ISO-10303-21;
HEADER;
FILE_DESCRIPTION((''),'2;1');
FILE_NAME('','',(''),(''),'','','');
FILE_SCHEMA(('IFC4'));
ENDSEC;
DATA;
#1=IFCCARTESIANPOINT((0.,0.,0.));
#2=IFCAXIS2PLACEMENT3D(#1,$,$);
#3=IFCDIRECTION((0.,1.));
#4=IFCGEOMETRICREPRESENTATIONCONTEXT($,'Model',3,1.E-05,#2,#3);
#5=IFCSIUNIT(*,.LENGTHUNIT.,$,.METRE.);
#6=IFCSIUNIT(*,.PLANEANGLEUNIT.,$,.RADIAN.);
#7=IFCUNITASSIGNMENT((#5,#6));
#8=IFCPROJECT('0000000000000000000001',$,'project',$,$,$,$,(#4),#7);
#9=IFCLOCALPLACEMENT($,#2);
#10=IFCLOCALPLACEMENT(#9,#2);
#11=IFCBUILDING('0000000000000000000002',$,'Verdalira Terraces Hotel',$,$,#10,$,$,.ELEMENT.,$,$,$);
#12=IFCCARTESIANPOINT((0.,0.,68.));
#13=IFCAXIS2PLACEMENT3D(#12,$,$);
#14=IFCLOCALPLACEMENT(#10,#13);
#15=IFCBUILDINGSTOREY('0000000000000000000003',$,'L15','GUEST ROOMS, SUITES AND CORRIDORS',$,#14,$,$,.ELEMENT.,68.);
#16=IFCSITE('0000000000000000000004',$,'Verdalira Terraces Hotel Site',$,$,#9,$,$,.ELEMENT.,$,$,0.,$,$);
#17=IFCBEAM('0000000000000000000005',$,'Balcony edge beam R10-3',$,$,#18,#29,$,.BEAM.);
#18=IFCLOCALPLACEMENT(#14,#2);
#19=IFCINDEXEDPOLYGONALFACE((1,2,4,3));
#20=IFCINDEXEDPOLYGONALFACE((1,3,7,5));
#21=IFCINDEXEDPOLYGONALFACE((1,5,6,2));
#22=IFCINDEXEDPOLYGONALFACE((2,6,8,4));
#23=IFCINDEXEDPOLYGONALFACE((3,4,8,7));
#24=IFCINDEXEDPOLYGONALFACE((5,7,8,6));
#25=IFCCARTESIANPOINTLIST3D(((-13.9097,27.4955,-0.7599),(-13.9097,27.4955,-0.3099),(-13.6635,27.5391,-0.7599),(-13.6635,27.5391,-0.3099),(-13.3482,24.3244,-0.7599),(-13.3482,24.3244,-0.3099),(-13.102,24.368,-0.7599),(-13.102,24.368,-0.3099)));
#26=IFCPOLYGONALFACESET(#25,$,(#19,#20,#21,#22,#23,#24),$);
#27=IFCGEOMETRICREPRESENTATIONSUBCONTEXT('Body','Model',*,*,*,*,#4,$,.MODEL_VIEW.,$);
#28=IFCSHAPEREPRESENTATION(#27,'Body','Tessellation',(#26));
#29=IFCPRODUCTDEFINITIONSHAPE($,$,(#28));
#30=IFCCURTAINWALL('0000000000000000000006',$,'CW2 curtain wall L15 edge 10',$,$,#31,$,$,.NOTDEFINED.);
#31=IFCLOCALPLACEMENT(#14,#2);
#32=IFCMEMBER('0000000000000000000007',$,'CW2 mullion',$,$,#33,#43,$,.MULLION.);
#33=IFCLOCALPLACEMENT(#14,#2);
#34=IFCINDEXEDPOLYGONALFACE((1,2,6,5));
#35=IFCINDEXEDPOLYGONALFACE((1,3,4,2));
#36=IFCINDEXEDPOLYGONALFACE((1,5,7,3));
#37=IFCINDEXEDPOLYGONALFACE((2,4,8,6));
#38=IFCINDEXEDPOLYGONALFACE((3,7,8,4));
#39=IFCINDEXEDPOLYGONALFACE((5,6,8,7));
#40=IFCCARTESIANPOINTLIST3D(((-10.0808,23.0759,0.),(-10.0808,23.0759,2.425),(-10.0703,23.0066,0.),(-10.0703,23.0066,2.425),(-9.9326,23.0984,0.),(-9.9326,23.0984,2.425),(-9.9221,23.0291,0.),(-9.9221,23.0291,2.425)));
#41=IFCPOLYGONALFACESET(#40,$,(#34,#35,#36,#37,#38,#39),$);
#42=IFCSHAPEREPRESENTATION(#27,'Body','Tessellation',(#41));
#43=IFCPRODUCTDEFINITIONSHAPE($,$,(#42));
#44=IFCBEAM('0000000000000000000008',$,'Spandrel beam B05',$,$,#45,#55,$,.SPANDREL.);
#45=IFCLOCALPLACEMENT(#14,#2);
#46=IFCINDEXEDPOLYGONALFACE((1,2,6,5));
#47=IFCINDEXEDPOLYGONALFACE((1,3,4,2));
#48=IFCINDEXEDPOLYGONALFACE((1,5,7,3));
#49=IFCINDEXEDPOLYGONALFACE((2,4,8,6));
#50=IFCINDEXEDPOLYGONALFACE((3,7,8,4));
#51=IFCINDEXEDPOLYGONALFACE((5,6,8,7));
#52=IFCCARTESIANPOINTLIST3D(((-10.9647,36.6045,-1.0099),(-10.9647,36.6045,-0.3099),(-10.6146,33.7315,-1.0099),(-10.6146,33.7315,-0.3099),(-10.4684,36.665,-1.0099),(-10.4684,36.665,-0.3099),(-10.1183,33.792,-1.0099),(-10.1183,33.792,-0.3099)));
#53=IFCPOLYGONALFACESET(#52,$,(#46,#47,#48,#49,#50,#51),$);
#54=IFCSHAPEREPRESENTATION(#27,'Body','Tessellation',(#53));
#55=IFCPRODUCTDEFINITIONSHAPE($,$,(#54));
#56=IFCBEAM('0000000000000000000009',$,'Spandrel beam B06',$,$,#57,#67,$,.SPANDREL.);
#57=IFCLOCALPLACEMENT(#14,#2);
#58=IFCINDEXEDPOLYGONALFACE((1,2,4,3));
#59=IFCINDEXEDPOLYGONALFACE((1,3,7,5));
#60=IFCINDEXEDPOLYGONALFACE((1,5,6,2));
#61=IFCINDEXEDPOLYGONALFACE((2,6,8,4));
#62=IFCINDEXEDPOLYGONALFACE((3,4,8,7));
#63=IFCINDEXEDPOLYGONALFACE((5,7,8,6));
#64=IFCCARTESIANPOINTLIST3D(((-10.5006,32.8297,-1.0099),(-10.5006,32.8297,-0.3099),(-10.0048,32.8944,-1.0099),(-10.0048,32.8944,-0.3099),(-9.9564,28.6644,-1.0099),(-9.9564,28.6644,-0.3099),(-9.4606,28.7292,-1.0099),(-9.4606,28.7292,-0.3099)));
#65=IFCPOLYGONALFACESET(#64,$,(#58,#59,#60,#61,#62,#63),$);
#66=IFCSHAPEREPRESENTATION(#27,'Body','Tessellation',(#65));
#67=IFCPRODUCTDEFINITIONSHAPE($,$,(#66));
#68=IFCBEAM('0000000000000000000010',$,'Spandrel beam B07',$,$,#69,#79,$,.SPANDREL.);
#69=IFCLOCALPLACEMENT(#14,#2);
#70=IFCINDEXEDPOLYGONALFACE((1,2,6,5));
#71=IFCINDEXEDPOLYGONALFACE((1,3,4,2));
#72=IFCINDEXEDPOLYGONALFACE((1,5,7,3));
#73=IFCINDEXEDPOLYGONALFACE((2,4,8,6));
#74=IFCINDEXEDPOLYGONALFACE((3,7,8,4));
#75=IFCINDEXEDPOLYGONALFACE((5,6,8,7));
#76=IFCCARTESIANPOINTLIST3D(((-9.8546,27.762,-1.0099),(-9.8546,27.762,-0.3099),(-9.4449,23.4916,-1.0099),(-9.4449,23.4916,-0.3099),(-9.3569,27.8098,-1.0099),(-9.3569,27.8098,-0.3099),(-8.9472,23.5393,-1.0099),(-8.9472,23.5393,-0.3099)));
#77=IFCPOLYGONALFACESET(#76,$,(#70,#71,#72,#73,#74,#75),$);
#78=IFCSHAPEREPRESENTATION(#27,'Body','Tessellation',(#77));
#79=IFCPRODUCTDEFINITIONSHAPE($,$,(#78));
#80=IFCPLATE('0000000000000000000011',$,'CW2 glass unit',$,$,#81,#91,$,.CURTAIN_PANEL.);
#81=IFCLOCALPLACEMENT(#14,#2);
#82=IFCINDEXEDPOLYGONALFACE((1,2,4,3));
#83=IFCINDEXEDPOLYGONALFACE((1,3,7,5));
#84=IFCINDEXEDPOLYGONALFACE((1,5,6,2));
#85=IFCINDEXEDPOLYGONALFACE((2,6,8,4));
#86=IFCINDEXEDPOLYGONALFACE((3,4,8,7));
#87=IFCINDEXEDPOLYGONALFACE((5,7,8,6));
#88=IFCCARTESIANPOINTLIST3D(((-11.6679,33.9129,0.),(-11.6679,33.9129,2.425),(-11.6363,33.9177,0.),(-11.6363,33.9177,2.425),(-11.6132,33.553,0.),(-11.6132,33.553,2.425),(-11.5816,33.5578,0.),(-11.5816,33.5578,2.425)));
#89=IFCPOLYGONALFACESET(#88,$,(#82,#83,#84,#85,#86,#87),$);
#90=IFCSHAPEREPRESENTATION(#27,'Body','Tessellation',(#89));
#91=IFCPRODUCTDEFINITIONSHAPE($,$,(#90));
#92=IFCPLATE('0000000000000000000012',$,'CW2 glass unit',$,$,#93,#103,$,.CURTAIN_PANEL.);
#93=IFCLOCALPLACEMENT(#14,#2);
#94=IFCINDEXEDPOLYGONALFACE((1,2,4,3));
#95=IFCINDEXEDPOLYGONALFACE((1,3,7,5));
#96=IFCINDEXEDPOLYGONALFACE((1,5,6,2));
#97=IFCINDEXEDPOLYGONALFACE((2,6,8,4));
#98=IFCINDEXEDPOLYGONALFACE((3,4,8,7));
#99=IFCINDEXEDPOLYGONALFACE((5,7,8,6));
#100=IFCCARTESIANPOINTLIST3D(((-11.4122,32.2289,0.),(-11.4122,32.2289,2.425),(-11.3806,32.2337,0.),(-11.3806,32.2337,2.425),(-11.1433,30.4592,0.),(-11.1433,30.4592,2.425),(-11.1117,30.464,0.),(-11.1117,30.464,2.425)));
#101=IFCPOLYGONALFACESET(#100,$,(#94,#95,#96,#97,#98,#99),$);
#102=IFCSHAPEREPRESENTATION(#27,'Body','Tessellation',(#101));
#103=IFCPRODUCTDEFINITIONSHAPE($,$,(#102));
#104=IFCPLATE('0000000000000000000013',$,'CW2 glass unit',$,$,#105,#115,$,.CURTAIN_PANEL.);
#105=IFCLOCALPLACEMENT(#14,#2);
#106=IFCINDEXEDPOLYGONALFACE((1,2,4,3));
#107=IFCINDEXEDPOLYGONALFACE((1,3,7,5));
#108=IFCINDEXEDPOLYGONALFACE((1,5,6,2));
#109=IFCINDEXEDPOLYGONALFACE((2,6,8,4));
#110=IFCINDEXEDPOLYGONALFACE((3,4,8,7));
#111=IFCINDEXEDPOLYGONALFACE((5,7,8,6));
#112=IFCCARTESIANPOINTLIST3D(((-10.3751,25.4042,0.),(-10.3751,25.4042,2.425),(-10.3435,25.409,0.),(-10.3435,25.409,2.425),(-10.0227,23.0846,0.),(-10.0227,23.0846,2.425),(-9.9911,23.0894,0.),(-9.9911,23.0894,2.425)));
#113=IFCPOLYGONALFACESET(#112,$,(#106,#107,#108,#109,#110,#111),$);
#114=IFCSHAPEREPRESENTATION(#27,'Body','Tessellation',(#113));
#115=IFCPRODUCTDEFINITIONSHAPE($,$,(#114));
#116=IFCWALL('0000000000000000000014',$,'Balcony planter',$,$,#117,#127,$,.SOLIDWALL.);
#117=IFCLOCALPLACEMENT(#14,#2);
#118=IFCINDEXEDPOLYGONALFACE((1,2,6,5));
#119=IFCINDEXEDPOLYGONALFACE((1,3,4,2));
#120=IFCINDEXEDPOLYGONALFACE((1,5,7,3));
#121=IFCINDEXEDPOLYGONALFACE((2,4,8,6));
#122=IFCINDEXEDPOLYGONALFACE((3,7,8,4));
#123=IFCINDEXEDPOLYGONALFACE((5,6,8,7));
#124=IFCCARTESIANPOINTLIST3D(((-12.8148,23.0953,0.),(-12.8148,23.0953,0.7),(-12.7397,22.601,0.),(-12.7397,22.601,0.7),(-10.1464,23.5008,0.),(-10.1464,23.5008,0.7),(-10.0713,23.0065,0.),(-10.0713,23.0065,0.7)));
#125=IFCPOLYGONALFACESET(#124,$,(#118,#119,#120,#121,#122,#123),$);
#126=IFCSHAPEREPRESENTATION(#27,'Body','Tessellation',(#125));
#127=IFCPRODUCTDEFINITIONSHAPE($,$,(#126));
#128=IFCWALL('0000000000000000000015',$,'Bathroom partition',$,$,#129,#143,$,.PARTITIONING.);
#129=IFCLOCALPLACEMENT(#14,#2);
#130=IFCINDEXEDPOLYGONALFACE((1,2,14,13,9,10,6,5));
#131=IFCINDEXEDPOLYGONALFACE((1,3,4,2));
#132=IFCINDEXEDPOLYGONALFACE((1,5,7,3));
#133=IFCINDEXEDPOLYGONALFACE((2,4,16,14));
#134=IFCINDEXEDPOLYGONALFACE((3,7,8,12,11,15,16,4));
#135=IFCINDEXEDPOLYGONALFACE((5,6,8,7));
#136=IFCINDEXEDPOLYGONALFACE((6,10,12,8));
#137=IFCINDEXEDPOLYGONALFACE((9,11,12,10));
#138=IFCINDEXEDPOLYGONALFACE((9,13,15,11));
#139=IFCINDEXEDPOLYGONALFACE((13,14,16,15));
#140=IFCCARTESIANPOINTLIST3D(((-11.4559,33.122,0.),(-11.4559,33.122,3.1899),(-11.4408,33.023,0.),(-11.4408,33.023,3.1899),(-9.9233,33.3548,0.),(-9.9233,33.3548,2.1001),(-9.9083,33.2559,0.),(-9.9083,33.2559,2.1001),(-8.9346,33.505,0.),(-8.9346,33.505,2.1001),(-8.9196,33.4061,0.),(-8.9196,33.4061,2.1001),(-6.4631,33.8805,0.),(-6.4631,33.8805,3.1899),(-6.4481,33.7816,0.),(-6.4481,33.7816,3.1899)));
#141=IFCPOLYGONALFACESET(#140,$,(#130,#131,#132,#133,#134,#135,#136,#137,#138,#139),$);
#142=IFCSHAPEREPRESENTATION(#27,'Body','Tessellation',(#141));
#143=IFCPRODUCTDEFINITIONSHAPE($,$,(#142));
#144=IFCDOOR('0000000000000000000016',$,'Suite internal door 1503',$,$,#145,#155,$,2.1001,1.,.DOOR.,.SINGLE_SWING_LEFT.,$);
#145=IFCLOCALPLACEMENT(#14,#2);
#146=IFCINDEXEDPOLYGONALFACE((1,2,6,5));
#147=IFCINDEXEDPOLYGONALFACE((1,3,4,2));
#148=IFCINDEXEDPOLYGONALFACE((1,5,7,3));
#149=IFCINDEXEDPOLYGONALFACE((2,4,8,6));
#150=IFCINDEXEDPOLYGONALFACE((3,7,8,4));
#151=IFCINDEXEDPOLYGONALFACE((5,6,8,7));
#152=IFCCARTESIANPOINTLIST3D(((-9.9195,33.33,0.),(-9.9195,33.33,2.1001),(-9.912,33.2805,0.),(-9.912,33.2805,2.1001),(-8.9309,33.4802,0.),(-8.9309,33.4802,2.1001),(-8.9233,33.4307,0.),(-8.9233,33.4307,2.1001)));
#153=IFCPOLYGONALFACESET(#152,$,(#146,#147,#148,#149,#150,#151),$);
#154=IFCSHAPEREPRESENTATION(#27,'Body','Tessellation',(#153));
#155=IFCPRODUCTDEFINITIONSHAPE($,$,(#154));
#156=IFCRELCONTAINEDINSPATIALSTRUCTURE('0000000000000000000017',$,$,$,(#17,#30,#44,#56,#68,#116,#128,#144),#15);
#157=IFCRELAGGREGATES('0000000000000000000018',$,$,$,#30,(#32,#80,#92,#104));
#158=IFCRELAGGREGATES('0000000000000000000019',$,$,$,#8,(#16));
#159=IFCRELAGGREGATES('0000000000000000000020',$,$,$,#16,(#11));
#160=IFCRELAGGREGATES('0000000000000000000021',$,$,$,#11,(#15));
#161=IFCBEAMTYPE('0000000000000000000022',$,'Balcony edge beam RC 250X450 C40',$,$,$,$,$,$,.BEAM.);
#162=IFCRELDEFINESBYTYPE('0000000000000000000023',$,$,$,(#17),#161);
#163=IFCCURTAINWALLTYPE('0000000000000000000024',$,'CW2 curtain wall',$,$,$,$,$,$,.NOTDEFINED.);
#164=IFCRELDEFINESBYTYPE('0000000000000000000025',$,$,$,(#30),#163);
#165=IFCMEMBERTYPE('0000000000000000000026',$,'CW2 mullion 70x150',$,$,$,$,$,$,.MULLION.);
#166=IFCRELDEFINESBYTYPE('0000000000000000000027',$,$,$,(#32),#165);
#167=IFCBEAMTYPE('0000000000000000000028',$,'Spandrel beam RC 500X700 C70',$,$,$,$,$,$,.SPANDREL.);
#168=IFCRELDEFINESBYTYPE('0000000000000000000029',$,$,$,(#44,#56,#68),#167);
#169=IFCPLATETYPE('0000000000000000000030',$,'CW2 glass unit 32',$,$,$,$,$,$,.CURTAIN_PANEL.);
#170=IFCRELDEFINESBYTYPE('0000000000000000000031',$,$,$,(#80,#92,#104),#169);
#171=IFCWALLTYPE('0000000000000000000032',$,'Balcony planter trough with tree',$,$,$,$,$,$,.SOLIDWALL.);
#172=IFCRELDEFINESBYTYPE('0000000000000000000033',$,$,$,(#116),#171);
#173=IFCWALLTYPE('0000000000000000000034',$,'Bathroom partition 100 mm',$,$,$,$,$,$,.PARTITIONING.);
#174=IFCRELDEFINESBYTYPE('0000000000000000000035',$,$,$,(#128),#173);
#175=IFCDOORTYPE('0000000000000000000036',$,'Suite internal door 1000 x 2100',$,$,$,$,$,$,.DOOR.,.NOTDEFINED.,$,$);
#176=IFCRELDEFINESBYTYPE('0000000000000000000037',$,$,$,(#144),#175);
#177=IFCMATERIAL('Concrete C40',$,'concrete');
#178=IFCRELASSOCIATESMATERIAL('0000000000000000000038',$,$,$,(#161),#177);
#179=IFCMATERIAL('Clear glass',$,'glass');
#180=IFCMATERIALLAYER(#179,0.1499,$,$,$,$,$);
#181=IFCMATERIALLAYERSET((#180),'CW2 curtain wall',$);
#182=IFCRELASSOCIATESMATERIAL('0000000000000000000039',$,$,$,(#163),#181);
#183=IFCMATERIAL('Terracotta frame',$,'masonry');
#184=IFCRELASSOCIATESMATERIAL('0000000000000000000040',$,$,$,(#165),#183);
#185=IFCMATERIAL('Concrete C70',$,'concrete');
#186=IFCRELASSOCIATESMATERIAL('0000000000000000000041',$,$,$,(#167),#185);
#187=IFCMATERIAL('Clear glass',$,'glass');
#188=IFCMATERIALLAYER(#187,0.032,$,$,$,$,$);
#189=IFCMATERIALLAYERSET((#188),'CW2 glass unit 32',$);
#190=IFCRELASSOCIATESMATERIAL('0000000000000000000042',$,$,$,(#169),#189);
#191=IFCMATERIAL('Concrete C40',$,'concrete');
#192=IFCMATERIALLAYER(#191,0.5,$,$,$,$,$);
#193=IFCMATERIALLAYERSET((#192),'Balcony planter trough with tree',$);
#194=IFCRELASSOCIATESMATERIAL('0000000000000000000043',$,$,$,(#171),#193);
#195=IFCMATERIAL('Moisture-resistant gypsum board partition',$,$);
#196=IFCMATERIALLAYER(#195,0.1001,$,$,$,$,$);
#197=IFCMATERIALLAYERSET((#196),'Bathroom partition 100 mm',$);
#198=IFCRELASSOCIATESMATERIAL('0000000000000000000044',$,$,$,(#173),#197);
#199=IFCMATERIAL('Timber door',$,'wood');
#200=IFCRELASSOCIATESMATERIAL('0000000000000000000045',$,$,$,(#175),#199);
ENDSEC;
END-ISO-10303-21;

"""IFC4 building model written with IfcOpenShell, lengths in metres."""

from ifc_helpers import new_model, si_unit, direction, frame, frame_2d, origin, origin_2d, place, context, subcontext, project, spatial, rectangle, extrude, material, layer, layer_set, material_profile, profile_set, type_object, element, fill, aggregate, save


model = new_model("IFC4")

# Units and contexts
model_context = context("Model", 3, precision=1e-05, world=origin(), true_north=direction((0.0, 1.0)))
body_context = subcontext(model_context, "Body", "Model", "MODEL_VIEW")
ifc_project = project(units=[si_unit("LENGTHUNIT", "METRE"), si_unit("PLANEANGLEUNIT", "RADIAN")], contexts=[model_context])

# Site, building, storey
site_placement = place(None, origin())
site = spatial("IfcSite", under=ifc_project, at=site_placement, Name="Verdalira Terraces Hotel Site", CompositionType="ELEMENT", RefElevation=0.0)
building_placement = place(site_placement, origin())
building = spatial("IfcBuilding", under=site, at=building_placement, Name="Verdalira Terraces Hotel", CompositionType="ELEMENT")
storey_placement = place(building_placement, frame((0.0, 0.0, 68.0)))
storey = spatial("IfcBuildingStorey", under=building, at=storey_placement, Name="L15", Description="GUEST ROOMS, SUITES AND CORRIDORS", CompositionType="ELEMENT", Elevation=68.0)

# Beam
ifc_material_1 = material(Name="Concrete C40", Category="concrete")
ifc_material_profile_1 = material_profile(ifc_material_1, rectangle(XDim=0.25, YDim=0.45, at=origin_2d()), Name="RC 250X450")
ifc_profile_set_1 = profile_set([ifc_material_profile_1], Name="Concrete C40")
beam_type_1 = type_object("IfcBeamType", Name="Balcony edge beam RC 250X450 C40", PredefinedType="BEAM", material=ifc_profile_set_1)
beam_1_placement = place(storey_placement, frame((-13.7866, 27.5173, -0.5349), z_axis=(0.17436, -0.984682, 0.0), x_axis=(0.984682, 0.17436, 0.0)))
element("IfcBeam", 1, at=beam_1_placement, inside=storey, type_object=beam_type_1, Name="Balcony edge beam R10-3", PredefinedType="BEAM", context=body_context, shape_type="SweptSolid", body=[
    extrude(rectangle(XDim=0.25, YDim=0.45, at=origin_2d()), origin(), (0.0, 0.0, 1.0), 3.2205),
])

# Curtain wall, member
ifc_material_2 = material(Name="Clear glass", Category="glass")
ifc_layer_1 = layer(ifc_material_2, 0.1499)
ifc_layer_set_1 = layer_set([ifc_layer_1], Name="CW2 curtain wall")
curtain_wall_type = type_object("IfcCurtainWallType", Name="CW2 curtain wall", PredefinedType="NOTDEFINED", material=ifc_layer_set_1)
curtain_wall_placement = place(storey_placement, origin())
curtain_wall = element("IfcCurtainWall", 2, at=curtain_wall_placement, inside=storey, type_object=curtain_wall_type, Name="CW2 curtain wall L15 edge 10", PredefinedType="NOTDEFINED")
ifc_material_3 = material(Name="Terracotta frame", Category="masonry")
ifc_material_profile_2 = material_profile(ifc_material_3, rectangle(XDim=0.0701, YDim=0.1499, at=origin_2d()), Name="MU 70x150")
ifc_profile_set_2 = profile_set([ifc_material_profile_2], Name="Terracotta frame")
member_type = type_object("IfcMemberType", Name="CW2 mullion 70x150", PredefinedType="MULLION", material=ifc_profile_set_2)
member_placement = place(storey_placement, frame((-10.0015, 23.0525, 0.0), z_axis=(0.0, 0.0, 1.0), x_axis=(0.150226, -0.988652, 0.0)))
member = element("IfcMember", 3, at=member_placement, type_object=member_type, Name="CW2 mullion", PredefinedType="MULLION", context=body_context, shape_type="SweptSolid", body=[
    extrude(rectangle(XDim=0.0701, YDim=0.1499, at=origin_2d()), origin(), (0.0, 0.0, 1.0), 2.425),
])

# Beams
ifc_material_4 = material(Name="Concrete C70", Category="concrete")
ifc_material_profile_3 = material_profile(ifc_material_4, rectangle(XDim=0.5, YDim=0.7, at=origin_2d()), Name="RC 500X700")
ifc_profile_set_3 = profile_set([ifc_material_profile_3], Name="Concrete C70")
beam_type_2 = type_object("IfcBeamType", Name="Spandrel beam RC 500X700 C70", PredefinedType="SPANDREL", material=ifc_profile_set_3)
beam_2_placement = place(storey_placement, frame((-10.7166, 36.6348, -0.6599), z_axis=(0.120961, -0.992657, 0.0), x_axis=(0.992657, 0.120961, 0.0)))
element("IfcBeam", 4, at=beam_2_placement, inside=storey, type_object=beam_type_2, Name="Spandrel beam B05", PredefinedType="SPANDREL", context=body_context, shape_type="SweptSolid", body=[
    extrude(rectangle(XDim=0.5, YDim=0.7, at=origin_2d()), origin(), (0.0, 0.0, 1.0), 2.8943),
])
beam_3_placement = place(storey_placement, frame((-10.2527, 32.8621, -0.6599), z_axis=(0.129548, -0.991573, 0.0), x_axis=(0.991573, 0.129548, 0.0)))
element("IfcBeam", 5, at=beam_3_placement, inside=storey, type_object=beam_type_2, Name="Spandrel beam B06", PredefinedType="SPANDREL", context=body_context, shape_type="SweptSolid", body=[
    extrude(rectangle(XDim=0.5, YDim=0.7, at=origin_2d()), origin(), (0.0, 0.0, 1.0), 4.2007),
])
beam_4_placement = place(storey_placement, frame((-9.6057, 27.7859, -0.6599), z_axis=(0.095491, -0.99543, 0.0), x_axis=(0.99543, 0.095491, 0.0)))
element("IfcBeam", 6, at=beam_4_placement, inside=storey, type_object=beam_type_2, Name="Spandrel beam B07", PredefinedType="SPANDREL", context=body_context, shape_type="SweptSolid", body=[
    extrude(rectangle(XDim=0.5, YDim=0.7, at=origin_2d()), origin(), (0.0, 0.0, 1.0), 4.29),
])

# Plates
ifc_material_5 = material(Name="Clear glass", Category="glass")
ifc_layer_2 = layer(ifc_material_5, 0.032)
ifc_layer_set_2 = layer_set([ifc_layer_2], Name="CW2 glass unit 32")
plate_type = type_object("IfcPlateType", Name="CW2 glass unit 32", PredefinedType="CURTAIN_PANEL", material=ifc_layer_set_2)
plate_1_placement = place(storey_placement, frame((-11.6248, 33.7354, 0.0), z_axis=(0.0, 0.0, 1.0), x_axis=(0.150226, -0.988652, 0.0)))
plate_1 = element("IfcPlate", 7, at=plate_1_placement, type_object=plate_type, Name="CW2 glass unit", PredefinedType="CURTAIN_PANEL", context=body_context, shape_type="SweptSolid", body=[
    extrude(rectangle(XDim=0.364, YDim=0.032, at=origin_2d()), origin(), (0.0, 0.0, 1.0), 2.425),
])
plate_2_placement = place(storey_placement, frame((-11.262, 31.3464, 0.0), z_axis=(0.0, 0.0, 1.0), x_axis=(0.150226, -0.988652, 0.0)))
plate_2 = element("IfcPlate", 8, at=plate_2_placement, type_object=plate_type, Name="CW2 glass unit", PredefinedType="CURTAIN_PANEL", context=body_context, shape_type="SweptSolid", body=[
    extrude(rectangle(XDim=1.79, YDim=0.032, at=origin_2d()), origin(), (0.0, 0.0, 1.0), 2.425),
])
plate_3_placement = place(storey_placement, frame((-10.1831, 24.2468, 0.0), z_axis=(0.0, 0.0, 1.0), x_axis=(0.150226, -0.988652, 0.0)))
plate_3 = element("IfcPlate", 9, at=plate_3_placement, type_object=plate_type, Name="CW2 glass unit", PredefinedType="CURTAIN_PANEL", context=body_context, shape_type="SweptSolid", body=[
    extrude(rectangle(XDim=2.3462, YDim=0.032, at=origin_2d()), origin(), (0.0, 0.0, 1.0), 2.425),
])
aggregate(curtain_wall, [member, plate_1, plate_2, plate_3])

# Wall
ifc_material_6 = material(Name="Concrete C40", Category="concrete")
ifc_layer_3 = layer(ifc_material_6, 0.5)
ifc_layer_set_3 = layer_set([ifc_layer_3], Name="Balcony planter trough with tree")
wall_type_1 = type_object("IfcWallType", Name="Balcony planter trough with tree", PredefinedType="SOLIDWALL", material=ifc_layer_set_3)
wall_1_placement = place(storey_placement, frame((-12.7773, 22.8481, 0.0), z_axis=(0.0, 0.0, 1.0), x_axis=(0.988649, 0.150242, 0.0)))
element("IfcWall", 10, at=wall_1_placement, inside=storey, type_object=wall_type_1, Name="Balcony planter", PredefinedType="SOLIDWALL", context=body_context, shape_type="SweptSolid", body=[
    extrude(rectangle(XDim=2.699, YDim=0.5, at=frame_2d((1.3496, 0.0))), origin(), (0.0, 0.0, 1.0), 0.7),
])

# Wall, opening, door
ifc_material_7 = material(Name="Moisture-resistant gypsum board partition")
ifc_layer_4 = layer(ifc_material_7, 0.1001)
ifc_layer_set_4 = layer_set([ifc_layer_4], Name="Bathroom partition 100 mm")
wall_type_2 = type_object("IfcWallType", Name="Bathroom partition 100 mm", PredefinedType="PARTITIONING", material=ifc_layer_set_4)
wall_2_placement = place(storey_placement, frame((-11.4482, 33.0725, 0.0), z_axis=(0.0, 0.0, 1.0), x_axis=(0.988654, 0.150208, 0.0)))
wall_2 = element("IfcWall", 11, at=wall_2_placement, inside=storey, type_object=wall_type_2, Name="Bathroom partition", PredefinedType="PARTITIONING", context=body_context, shape_type="SweptSolid", body=[
    extrude(rectangle(XDim=5.05, YDim=0.1001, at=frame_2d((2.5249, 0.0))), origin(), (0.0, 0.0, 1.0), 3.1899),
])
opening_1_placement = place(wall_2_placement, frame((1.55, 0.0, 0.0)))
opening_1 = element("IfcOpeningElement", 12, at=opening_1_placement, cuts=wall_2, PredefinedType="OPENING", context=body_context, shape_type="SweptSolid", body=[
    extrude(rectangle(XDim=1.0, YDim=2.1001, at=frame_2d((0.5, 1.05))), frame((0.0, 0.0601, 0.0), z_axis=(0.0, -1.0, 0.0), x_axis=(1.0, 0.0, 0.0)), (0.0, 0.0, 1.0), 0.1201),
])
ifc_material_8 = material(Name="Timber door", Category="wood")
door_type_1 = type_object("IfcDoorType", Name="Suite internal door 1000 x 2100", OperationType="NOTDEFINED", PredefinedType="DOOR", material=ifc_material_8)
door_1_placement = place(opening_1_placement, origin())
door_1 = element("IfcDoor", 13, at=door_1_placement, inside=storey, type_object=door_type_1, Name="Suite internal door 1503", OperationType="SINGLE_SWING_LEFT", OverallHeight=2.1001, OverallWidth=1.0, PredefinedType="DOOR", context=body_context, shape_type="SweptSolid", body=[
    extrude(rectangle(XDim=1.0, YDim=2.1001, at=frame_2d((0.5, 1.05))), frame((0.0, 0.0249, 0.0), z_axis=(0.0, -1.0, 0.0), x_axis=(1.0, 0.0, 0.0)), (0.0, 0.0, 1.0), 0.05),
])
fill(opening_1, door_1)

save(model, "model.ifc")
